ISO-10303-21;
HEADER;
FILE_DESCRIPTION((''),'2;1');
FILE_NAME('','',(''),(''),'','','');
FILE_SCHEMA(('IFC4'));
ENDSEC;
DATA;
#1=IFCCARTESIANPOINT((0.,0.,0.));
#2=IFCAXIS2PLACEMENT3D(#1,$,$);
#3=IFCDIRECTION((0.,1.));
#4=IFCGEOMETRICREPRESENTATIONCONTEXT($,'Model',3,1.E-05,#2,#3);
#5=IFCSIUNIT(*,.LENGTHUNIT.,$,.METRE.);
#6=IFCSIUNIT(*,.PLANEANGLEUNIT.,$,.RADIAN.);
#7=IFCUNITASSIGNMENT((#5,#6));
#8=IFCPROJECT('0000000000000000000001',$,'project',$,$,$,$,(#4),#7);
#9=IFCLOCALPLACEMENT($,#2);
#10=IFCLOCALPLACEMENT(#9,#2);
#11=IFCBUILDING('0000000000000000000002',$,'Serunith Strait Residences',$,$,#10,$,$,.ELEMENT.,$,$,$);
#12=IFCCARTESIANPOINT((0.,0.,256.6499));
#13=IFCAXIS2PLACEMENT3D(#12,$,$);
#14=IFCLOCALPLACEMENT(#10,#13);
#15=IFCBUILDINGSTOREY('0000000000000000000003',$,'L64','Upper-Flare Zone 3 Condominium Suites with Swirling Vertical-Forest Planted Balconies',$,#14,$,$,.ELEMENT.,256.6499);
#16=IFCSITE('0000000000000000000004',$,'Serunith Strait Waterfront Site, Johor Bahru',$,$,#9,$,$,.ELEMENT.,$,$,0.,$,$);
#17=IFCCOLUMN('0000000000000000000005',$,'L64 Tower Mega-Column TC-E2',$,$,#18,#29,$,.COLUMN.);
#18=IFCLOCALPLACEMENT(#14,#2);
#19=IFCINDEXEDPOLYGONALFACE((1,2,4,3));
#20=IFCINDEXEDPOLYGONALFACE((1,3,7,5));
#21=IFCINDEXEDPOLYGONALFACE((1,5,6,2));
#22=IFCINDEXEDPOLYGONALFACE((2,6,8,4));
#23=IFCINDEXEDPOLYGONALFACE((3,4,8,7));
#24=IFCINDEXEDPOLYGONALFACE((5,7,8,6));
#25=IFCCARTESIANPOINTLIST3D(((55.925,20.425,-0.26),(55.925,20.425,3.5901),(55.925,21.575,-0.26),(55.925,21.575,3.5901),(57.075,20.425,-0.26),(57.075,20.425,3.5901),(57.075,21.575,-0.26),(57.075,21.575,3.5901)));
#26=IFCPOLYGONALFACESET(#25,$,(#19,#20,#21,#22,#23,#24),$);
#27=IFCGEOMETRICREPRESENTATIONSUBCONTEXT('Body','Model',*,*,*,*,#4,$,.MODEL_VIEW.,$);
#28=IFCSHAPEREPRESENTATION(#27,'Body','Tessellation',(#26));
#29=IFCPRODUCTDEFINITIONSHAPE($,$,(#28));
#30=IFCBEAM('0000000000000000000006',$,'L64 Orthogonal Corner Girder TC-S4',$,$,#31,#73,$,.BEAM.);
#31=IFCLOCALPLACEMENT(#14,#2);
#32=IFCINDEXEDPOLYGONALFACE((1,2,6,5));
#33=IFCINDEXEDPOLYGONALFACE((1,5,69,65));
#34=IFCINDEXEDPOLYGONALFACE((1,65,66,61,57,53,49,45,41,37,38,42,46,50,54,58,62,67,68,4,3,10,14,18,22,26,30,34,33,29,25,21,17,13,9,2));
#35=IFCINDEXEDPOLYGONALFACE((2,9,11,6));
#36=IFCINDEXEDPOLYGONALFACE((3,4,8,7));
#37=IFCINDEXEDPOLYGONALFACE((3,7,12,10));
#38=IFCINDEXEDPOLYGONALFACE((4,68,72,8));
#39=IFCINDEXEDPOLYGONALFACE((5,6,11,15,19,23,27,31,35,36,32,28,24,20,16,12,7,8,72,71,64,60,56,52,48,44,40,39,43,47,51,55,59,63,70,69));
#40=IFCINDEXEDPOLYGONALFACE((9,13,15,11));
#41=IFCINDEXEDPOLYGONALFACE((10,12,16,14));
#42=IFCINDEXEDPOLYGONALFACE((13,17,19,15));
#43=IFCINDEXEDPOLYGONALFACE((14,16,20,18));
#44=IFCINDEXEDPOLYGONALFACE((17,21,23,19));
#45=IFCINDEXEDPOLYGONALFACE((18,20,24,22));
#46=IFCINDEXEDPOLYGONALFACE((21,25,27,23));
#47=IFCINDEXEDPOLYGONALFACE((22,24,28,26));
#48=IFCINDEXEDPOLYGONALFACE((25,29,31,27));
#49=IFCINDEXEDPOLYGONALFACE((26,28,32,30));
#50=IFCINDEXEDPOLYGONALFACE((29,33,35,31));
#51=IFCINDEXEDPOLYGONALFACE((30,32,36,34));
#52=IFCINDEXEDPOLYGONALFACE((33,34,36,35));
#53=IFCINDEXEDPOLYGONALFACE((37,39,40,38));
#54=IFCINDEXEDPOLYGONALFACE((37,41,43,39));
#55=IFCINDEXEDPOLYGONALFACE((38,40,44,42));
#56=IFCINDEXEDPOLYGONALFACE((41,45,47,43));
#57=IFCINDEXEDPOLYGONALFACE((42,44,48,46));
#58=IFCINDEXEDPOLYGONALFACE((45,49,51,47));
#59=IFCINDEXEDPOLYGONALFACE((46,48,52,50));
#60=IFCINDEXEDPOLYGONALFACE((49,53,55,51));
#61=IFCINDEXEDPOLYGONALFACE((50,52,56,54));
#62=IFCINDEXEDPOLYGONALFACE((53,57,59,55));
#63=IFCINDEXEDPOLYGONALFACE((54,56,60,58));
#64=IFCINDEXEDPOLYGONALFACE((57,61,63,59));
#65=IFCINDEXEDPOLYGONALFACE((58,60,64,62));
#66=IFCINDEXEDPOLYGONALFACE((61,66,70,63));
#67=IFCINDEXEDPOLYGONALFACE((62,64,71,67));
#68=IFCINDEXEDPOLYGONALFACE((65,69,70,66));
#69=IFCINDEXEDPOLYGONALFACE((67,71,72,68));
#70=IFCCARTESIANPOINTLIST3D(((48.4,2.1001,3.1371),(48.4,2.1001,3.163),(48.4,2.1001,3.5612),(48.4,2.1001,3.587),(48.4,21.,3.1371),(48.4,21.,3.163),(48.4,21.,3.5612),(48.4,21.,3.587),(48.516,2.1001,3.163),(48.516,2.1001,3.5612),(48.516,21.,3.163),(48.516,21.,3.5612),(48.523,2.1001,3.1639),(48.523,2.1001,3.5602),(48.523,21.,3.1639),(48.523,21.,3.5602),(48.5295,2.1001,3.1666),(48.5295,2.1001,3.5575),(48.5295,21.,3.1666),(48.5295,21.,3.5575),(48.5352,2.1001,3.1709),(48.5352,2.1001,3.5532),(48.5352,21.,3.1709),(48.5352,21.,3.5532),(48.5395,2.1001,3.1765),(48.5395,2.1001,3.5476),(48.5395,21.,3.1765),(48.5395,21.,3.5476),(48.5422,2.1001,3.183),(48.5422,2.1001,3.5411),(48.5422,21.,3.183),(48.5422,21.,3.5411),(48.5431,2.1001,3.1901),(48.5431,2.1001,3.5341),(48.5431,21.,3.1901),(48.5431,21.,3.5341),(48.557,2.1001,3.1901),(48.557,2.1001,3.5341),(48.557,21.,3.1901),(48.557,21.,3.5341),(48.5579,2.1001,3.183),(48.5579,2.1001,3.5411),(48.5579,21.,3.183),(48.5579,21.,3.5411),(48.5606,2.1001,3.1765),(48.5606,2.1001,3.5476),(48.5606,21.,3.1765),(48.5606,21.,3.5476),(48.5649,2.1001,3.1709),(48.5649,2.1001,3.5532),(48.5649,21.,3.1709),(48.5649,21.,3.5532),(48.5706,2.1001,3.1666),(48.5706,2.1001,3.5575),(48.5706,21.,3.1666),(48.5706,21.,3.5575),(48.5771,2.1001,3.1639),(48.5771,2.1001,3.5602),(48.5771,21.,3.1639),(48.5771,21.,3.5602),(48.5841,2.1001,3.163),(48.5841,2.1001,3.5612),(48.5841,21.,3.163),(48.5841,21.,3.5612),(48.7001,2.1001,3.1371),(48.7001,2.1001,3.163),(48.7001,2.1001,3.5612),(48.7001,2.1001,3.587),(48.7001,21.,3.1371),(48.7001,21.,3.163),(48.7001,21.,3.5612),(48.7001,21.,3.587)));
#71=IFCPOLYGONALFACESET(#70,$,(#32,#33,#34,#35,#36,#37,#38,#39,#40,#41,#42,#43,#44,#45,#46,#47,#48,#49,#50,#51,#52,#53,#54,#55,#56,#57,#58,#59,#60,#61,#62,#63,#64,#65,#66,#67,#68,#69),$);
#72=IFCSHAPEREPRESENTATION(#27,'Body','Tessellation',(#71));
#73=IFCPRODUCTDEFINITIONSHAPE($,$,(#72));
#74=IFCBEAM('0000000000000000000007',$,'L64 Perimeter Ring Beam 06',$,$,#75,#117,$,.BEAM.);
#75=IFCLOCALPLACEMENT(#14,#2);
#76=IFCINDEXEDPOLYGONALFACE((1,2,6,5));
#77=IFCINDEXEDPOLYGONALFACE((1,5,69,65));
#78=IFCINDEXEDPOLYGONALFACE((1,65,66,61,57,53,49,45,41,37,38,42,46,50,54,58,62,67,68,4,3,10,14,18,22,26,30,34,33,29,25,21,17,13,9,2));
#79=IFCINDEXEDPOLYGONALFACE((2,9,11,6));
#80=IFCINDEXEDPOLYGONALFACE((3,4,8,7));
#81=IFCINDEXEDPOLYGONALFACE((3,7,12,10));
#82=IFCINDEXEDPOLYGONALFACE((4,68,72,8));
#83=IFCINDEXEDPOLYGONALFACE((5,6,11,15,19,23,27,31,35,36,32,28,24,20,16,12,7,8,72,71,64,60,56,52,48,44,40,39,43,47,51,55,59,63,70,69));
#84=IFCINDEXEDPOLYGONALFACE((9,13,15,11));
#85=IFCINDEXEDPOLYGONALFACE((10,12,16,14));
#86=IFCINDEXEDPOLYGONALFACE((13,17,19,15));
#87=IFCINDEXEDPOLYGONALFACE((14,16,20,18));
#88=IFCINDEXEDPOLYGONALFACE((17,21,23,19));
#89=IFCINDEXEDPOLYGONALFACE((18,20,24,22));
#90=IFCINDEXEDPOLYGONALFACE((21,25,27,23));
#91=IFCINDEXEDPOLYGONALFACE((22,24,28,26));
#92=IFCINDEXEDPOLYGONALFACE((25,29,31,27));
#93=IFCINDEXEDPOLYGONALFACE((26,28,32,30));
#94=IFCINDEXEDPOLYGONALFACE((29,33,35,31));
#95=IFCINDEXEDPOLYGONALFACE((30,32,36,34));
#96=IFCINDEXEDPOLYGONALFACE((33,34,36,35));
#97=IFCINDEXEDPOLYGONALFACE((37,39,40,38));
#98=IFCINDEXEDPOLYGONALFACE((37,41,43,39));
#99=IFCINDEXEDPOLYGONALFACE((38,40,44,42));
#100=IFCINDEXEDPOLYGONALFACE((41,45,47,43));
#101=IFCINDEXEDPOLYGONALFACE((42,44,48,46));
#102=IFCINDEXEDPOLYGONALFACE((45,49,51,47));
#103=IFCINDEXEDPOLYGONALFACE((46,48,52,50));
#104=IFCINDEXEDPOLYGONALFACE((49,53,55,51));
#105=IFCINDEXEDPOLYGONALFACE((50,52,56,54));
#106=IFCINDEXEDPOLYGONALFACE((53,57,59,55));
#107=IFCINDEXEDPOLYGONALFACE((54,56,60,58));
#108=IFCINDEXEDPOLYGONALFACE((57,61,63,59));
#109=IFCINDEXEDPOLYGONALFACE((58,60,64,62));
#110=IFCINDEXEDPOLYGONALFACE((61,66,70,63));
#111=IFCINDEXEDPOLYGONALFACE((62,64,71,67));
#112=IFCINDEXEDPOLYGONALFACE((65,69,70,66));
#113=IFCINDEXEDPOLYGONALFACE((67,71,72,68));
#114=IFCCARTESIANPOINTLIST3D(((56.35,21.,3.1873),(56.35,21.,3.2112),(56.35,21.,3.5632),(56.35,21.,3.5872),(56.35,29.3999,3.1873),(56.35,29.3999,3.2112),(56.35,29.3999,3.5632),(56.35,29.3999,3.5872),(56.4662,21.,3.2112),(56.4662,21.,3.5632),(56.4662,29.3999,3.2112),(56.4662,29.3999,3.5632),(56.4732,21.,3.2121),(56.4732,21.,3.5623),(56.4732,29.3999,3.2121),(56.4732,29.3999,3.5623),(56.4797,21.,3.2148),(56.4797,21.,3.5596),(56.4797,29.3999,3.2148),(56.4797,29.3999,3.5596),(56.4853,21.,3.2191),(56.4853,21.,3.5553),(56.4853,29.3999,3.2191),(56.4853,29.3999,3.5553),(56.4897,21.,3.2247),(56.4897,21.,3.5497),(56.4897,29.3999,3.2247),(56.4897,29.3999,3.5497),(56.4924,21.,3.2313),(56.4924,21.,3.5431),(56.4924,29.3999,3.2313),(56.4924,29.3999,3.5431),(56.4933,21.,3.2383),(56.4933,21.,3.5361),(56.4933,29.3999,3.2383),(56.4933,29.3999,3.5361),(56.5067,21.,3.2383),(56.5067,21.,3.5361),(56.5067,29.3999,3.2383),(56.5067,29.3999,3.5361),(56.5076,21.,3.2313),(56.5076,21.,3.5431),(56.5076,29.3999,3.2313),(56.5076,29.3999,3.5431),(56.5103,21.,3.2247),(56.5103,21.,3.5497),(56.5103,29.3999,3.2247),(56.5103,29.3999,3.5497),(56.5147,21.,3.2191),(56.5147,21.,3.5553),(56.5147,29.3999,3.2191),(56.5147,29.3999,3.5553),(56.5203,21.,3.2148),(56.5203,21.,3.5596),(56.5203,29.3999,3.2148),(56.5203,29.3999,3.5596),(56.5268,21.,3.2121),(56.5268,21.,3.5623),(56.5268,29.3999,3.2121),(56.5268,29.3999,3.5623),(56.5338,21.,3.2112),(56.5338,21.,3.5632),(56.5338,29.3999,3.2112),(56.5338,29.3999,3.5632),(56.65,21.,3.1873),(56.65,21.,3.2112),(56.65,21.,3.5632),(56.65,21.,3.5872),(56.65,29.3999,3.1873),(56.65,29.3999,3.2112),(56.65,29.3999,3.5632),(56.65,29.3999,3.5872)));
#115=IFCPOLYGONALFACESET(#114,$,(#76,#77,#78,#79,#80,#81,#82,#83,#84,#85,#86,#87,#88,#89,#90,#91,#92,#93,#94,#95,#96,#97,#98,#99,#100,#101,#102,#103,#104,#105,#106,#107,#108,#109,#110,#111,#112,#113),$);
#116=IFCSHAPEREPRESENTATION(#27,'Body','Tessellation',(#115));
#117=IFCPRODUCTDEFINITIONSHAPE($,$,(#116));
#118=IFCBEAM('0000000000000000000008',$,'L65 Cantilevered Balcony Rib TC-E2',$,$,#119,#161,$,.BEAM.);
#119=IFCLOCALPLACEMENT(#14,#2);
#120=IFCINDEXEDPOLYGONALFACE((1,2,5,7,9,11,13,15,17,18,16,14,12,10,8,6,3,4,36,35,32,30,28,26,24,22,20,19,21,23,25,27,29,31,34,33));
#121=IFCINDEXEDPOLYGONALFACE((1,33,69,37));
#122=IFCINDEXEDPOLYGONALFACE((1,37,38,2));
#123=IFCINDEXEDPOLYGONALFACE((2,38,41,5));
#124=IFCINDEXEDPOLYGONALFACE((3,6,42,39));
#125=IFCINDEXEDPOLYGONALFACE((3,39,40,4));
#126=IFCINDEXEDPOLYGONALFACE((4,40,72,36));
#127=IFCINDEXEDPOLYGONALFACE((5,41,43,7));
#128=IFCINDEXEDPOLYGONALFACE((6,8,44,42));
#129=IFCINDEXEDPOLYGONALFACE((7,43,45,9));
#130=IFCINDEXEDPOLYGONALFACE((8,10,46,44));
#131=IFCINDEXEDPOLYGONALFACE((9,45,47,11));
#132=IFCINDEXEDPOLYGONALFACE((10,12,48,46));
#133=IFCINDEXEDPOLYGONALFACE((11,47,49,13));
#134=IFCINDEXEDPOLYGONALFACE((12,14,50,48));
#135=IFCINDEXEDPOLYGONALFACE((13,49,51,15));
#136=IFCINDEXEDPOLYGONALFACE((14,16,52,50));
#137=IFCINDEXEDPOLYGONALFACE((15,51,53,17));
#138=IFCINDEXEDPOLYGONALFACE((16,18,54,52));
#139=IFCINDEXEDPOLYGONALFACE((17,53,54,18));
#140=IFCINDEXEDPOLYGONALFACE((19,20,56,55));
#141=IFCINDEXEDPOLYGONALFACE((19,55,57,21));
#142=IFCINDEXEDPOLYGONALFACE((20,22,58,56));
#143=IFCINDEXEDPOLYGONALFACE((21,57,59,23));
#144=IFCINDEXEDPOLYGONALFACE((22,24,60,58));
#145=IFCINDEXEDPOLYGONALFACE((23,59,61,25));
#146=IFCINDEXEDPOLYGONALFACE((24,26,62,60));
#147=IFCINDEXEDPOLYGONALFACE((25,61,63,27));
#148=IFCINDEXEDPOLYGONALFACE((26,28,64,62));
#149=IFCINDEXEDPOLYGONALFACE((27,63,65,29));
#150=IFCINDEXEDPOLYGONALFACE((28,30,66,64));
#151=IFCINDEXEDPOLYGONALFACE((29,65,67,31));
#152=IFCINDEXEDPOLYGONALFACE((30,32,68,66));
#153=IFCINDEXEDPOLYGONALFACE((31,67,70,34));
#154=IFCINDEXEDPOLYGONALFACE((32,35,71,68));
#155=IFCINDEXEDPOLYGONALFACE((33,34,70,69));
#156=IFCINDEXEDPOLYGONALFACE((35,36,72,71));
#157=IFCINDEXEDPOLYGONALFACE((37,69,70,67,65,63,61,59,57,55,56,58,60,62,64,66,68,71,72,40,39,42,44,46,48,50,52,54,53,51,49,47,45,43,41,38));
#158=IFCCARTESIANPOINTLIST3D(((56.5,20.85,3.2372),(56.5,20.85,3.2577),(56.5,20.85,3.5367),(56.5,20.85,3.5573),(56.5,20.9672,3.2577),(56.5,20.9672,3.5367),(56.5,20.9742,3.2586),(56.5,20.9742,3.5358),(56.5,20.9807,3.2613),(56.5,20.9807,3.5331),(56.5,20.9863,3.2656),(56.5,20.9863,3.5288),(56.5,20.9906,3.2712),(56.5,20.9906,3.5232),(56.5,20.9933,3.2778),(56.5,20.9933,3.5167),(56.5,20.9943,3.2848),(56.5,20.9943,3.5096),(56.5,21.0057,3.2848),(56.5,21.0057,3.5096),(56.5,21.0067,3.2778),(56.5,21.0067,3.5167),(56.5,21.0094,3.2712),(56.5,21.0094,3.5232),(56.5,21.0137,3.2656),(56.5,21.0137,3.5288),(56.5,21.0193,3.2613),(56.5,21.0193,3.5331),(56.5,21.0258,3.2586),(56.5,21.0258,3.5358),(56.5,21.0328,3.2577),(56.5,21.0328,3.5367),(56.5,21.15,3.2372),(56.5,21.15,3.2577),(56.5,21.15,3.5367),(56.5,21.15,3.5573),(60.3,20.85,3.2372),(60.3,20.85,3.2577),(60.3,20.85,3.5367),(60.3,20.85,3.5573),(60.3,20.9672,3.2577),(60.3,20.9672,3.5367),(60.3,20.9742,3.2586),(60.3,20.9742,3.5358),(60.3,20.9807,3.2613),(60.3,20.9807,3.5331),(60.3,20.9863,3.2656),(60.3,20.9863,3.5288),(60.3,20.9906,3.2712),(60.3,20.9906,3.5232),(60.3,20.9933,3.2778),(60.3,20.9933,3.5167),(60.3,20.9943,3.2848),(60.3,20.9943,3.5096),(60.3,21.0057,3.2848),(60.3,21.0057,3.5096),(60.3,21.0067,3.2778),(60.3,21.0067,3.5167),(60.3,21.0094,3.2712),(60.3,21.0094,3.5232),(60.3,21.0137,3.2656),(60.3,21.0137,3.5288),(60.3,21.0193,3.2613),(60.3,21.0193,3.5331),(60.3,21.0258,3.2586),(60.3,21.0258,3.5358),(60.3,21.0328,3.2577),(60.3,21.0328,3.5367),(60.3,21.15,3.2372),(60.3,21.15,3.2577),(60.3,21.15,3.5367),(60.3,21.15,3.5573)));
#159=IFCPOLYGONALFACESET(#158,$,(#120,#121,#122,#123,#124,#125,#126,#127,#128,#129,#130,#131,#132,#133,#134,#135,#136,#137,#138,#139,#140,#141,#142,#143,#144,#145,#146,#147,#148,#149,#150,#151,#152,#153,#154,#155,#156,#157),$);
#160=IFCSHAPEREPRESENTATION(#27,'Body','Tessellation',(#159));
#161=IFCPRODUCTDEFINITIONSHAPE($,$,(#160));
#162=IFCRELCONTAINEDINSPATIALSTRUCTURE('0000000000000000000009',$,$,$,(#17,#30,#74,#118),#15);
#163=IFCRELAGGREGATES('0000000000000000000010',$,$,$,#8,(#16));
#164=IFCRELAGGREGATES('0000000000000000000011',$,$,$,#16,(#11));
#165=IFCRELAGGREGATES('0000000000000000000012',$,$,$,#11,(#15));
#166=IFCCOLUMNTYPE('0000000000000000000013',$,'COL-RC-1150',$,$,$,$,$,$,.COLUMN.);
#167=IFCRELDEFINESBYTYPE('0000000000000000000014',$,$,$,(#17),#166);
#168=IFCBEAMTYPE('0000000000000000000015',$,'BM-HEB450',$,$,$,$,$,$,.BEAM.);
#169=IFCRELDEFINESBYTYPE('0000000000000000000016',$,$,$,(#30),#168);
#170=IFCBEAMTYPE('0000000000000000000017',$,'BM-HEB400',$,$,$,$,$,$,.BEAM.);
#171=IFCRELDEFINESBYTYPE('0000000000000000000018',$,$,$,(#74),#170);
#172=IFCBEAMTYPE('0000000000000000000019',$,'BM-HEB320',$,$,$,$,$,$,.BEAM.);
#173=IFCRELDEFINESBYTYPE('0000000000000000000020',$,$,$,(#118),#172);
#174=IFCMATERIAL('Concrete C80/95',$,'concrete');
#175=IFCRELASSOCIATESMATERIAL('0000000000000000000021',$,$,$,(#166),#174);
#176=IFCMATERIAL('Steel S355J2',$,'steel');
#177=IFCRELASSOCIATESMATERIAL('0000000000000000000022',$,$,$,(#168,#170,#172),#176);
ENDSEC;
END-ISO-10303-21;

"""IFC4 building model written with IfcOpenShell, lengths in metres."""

from ifc_helpers import new_model, si_unit, direction, frame, origin, origin_2d, place, context, subcontext, project, spatial, rectangle, i_section, extrude, source, transform, mapped, material, material_profile, profile_set, type_object, element, save


model = new_model("IFC4")

# Units and contexts
model_context = context("Model", 3, precision=1e-05, world=origin(), true_north=direction((0.0, 1.0)))
body_context = subcontext(model_context, "Body", "Model", "MODEL_VIEW")
ifc_project = project(units=[si_unit("LENGTHUNIT", "METRE"), si_unit("PLANEANGLEUNIT", "RADIAN")], contexts=[model_context])

# Site, building, storey
site_placement = place(None, origin())
site = spatial("IfcSite", under=ifc_project, at=site_placement, Name="Serunith Strait Waterfront Site, Johor Bahru", CompositionType="ELEMENT", RefElevation=0.0)
building_placement = place(site_placement, origin())
building = spatial("IfcBuilding", under=site, at=building_placement, Name="Serunith Strait Residences", CompositionType="ELEMENT")
storey_placement = place(building_placement, frame((0.0, 0.0, 256.6499)))
storey = spatial("IfcBuildingStorey", under=building, at=storey_placement, Name="L64", Description="Upper-Flare Zone 3 Condominium Suites with Swirling Vertical-Forest Planted Balconies", CompositionType="ELEMENT", Elevation=256.6499)

# Column
ifc_material_1 = material(Name="Concrete C80/95", Category="concrete")
ifc_material_profile_1 = material_profile(ifc_material_1, rectangle(XDim=1.1499, YDim=1.1499, at=origin_2d()), Name="RC 1150x1150")
ifc_profile_set_1 = profile_set([ifc_material_profile_1], Name="Concrete C80/95")
column_type = type_object("IfcColumnType", Name="COL-RC-1150", PredefinedType="COLUMN", material=ifc_profile_set_1)
shared_shape_1 = source(origin(), body_context, "Body", "SweptSolid", [
    extrude(rectangle(XDim=1.1499, YDim=1.1499, at=origin_2d()), origin(), (0.0, 0.0, 1.0), 3.8501),
])
column_placement = place(storey_placement, frame((56.5, 21.0, -0.26), z_axis=(0.0, 0.0, 1.0), x_axis=(1.0, 0.0, 0.0)))
element("IfcColumn", 1, at=column_placement, inside=storey, type_object=column_type, Name="L64 Tower Mega-Column TC-E2", PredefinedType="COLUMN", context=body_context, shape_type="MappedRepresentation", body=[
    mapped(shared_shape_1, transform((0.0, 0.0, 0.0), scale=1.0)),
])

# Beams
ifc_material_2 = material(Name="Steel S355J2", Category="steel")
ifc_material_profile_2 = material_profile(ifc_material_2, i_section(OverallWidth=0.3, OverallDepth=0.45, WebThickness=0.0139, FlangeThickness=0.0259, FilletRadius=0.0271, at=origin_2d()), Name="HEB 450")
ifc_profile_set_2 = profile_set([ifc_material_profile_2], Name="Steel S355J2")
beam_type_1 = type_object("IfcBeamType", Name="BM-HEB450", PredefinedType="BEAM", material=ifc_profile_set_2)
shared_shape_2 = source(origin(), body_context, "Body", "SweptSolid", [
    extrude(i_section(OverallWidth=0.3, OverallDepth=0.45, WebThickness=0.0139, FlangeThickness=0.0259, FilletRadius=0.0271, at=origin_2d()), origin(), (0.0, 0.0, 1.0), 18.8999),
])
beam_1_placement = place(storey_placement, frame((48.55, 21.0, 3.3621), z_axis=(0.0, -1.0, 0.0), x_axis=(1.0, 0.0, 0.0)))
element("IfcBeam", 2, at=beam_1_placement, inside=storey, type_object=beam_type_1, Name="L64 Orthogonal Corner Girder TC-S4", PredefinedType="BEAM", context=body_context, shape_type="MappedRepresentation", body=[
    mapped(shared_shape_2, transform((0.0, 0.0, 0.0), scale=1.0)),
])
ifc_material_profile_3 = material_profile(ifc_material_2, i_section(OverallWidth=0.3, OverallDepth=0.3999, WebThickness=0.0134, FlangeThickness=0.0239, FilletRadius=0.0271, at=origin_2d()), Name="HEB 400")
ifc_profile_set_3 = profile_set([ifc_material_profile_3], Name="Steel S355J2")
beam_type_2 = type_object("IfcBeamType", Name="BM-HEB400", PredefinedType="BEAM", material=ifc_profile_set_3)
shared_shape_3 = source(origin(), body_context, "Body", "SweptSolid", [
    extrude(i_section(OverallWidth=0.3, OverallDepth=0.3999, WebThickness=0.0134, FlangeThickness=0.0239, FilletRadius=0.0271, at=origin_2d()), origin(), (0.0, 0.0, 1.0), 8.3999),
])
beam_2_placement = place(storey_placement, frame((56.5, 21.0, 3.3872), z_axis=(0.0, 1.0, 0.0), x_axis=(-1.0, 0.0, 0.0)))
element("IfcBeam", 3, at=beam_2_placement, inside=storey, type_object=beam_type_2, Name="L64 Perimeter Ring Beam 06", PredefinedType="BEAM", context=body_context, shape_type="MappedRepresentation", body=[
    mapped(shared_shape_3, transform((0.0, 0.0, 0.0), scale=1.0)),
])
ifc_material_profile_4 = material_profile(ifc_material_2, i_section(OverallWidth=0.3, OverallDepth=0.3201, WebThickness=0.0115, FlangeThickness=0.0205, FilletRadius=0.0271, at=origin_2d()), Name="HEB 320")
ifc_profile_set_4 = profile_set([ifc_material_profile_4], Name="Steel S355J2")
beam_type_3 = type_object("IfcBeamType", Name="BM-HEB320", PredefinedType="BEAM", material=ifc_profile_set_4)
shared_shape_4 = source(origin(), body_context, "Body", "SweptSolid", [
    extrude(i_section(OverallWidth=0.3, OverallDepth=0.3201, WebThickness=0.0115, FlangeThickness=0.0205, FilletRadius=0.0271, at=origin_2d()), origin(), (0.0, 0.0, 1.0), 3.8),
])
beam_3_placement = place(storey_placement, frame((56.5, 21.0, 3.3972), z_axis=(1.0, 0.0, 0.0), x_axis=(0.0, 1.0, 0.0)))
element("IfcBeam", 4, at=beam_3_placement, inside=storey, type_object=beam_type_3, Name="L65 Cantilevered Balcony Rib TC-E2", PredefinedType="BEAM", context=body_context, shape_type="MappedRepresentation", body=[
    mapped(shared_shape_4, transform((0.0, 0.0, 0.0), scale=1.0)),
])

save(model, "model.ifc")
